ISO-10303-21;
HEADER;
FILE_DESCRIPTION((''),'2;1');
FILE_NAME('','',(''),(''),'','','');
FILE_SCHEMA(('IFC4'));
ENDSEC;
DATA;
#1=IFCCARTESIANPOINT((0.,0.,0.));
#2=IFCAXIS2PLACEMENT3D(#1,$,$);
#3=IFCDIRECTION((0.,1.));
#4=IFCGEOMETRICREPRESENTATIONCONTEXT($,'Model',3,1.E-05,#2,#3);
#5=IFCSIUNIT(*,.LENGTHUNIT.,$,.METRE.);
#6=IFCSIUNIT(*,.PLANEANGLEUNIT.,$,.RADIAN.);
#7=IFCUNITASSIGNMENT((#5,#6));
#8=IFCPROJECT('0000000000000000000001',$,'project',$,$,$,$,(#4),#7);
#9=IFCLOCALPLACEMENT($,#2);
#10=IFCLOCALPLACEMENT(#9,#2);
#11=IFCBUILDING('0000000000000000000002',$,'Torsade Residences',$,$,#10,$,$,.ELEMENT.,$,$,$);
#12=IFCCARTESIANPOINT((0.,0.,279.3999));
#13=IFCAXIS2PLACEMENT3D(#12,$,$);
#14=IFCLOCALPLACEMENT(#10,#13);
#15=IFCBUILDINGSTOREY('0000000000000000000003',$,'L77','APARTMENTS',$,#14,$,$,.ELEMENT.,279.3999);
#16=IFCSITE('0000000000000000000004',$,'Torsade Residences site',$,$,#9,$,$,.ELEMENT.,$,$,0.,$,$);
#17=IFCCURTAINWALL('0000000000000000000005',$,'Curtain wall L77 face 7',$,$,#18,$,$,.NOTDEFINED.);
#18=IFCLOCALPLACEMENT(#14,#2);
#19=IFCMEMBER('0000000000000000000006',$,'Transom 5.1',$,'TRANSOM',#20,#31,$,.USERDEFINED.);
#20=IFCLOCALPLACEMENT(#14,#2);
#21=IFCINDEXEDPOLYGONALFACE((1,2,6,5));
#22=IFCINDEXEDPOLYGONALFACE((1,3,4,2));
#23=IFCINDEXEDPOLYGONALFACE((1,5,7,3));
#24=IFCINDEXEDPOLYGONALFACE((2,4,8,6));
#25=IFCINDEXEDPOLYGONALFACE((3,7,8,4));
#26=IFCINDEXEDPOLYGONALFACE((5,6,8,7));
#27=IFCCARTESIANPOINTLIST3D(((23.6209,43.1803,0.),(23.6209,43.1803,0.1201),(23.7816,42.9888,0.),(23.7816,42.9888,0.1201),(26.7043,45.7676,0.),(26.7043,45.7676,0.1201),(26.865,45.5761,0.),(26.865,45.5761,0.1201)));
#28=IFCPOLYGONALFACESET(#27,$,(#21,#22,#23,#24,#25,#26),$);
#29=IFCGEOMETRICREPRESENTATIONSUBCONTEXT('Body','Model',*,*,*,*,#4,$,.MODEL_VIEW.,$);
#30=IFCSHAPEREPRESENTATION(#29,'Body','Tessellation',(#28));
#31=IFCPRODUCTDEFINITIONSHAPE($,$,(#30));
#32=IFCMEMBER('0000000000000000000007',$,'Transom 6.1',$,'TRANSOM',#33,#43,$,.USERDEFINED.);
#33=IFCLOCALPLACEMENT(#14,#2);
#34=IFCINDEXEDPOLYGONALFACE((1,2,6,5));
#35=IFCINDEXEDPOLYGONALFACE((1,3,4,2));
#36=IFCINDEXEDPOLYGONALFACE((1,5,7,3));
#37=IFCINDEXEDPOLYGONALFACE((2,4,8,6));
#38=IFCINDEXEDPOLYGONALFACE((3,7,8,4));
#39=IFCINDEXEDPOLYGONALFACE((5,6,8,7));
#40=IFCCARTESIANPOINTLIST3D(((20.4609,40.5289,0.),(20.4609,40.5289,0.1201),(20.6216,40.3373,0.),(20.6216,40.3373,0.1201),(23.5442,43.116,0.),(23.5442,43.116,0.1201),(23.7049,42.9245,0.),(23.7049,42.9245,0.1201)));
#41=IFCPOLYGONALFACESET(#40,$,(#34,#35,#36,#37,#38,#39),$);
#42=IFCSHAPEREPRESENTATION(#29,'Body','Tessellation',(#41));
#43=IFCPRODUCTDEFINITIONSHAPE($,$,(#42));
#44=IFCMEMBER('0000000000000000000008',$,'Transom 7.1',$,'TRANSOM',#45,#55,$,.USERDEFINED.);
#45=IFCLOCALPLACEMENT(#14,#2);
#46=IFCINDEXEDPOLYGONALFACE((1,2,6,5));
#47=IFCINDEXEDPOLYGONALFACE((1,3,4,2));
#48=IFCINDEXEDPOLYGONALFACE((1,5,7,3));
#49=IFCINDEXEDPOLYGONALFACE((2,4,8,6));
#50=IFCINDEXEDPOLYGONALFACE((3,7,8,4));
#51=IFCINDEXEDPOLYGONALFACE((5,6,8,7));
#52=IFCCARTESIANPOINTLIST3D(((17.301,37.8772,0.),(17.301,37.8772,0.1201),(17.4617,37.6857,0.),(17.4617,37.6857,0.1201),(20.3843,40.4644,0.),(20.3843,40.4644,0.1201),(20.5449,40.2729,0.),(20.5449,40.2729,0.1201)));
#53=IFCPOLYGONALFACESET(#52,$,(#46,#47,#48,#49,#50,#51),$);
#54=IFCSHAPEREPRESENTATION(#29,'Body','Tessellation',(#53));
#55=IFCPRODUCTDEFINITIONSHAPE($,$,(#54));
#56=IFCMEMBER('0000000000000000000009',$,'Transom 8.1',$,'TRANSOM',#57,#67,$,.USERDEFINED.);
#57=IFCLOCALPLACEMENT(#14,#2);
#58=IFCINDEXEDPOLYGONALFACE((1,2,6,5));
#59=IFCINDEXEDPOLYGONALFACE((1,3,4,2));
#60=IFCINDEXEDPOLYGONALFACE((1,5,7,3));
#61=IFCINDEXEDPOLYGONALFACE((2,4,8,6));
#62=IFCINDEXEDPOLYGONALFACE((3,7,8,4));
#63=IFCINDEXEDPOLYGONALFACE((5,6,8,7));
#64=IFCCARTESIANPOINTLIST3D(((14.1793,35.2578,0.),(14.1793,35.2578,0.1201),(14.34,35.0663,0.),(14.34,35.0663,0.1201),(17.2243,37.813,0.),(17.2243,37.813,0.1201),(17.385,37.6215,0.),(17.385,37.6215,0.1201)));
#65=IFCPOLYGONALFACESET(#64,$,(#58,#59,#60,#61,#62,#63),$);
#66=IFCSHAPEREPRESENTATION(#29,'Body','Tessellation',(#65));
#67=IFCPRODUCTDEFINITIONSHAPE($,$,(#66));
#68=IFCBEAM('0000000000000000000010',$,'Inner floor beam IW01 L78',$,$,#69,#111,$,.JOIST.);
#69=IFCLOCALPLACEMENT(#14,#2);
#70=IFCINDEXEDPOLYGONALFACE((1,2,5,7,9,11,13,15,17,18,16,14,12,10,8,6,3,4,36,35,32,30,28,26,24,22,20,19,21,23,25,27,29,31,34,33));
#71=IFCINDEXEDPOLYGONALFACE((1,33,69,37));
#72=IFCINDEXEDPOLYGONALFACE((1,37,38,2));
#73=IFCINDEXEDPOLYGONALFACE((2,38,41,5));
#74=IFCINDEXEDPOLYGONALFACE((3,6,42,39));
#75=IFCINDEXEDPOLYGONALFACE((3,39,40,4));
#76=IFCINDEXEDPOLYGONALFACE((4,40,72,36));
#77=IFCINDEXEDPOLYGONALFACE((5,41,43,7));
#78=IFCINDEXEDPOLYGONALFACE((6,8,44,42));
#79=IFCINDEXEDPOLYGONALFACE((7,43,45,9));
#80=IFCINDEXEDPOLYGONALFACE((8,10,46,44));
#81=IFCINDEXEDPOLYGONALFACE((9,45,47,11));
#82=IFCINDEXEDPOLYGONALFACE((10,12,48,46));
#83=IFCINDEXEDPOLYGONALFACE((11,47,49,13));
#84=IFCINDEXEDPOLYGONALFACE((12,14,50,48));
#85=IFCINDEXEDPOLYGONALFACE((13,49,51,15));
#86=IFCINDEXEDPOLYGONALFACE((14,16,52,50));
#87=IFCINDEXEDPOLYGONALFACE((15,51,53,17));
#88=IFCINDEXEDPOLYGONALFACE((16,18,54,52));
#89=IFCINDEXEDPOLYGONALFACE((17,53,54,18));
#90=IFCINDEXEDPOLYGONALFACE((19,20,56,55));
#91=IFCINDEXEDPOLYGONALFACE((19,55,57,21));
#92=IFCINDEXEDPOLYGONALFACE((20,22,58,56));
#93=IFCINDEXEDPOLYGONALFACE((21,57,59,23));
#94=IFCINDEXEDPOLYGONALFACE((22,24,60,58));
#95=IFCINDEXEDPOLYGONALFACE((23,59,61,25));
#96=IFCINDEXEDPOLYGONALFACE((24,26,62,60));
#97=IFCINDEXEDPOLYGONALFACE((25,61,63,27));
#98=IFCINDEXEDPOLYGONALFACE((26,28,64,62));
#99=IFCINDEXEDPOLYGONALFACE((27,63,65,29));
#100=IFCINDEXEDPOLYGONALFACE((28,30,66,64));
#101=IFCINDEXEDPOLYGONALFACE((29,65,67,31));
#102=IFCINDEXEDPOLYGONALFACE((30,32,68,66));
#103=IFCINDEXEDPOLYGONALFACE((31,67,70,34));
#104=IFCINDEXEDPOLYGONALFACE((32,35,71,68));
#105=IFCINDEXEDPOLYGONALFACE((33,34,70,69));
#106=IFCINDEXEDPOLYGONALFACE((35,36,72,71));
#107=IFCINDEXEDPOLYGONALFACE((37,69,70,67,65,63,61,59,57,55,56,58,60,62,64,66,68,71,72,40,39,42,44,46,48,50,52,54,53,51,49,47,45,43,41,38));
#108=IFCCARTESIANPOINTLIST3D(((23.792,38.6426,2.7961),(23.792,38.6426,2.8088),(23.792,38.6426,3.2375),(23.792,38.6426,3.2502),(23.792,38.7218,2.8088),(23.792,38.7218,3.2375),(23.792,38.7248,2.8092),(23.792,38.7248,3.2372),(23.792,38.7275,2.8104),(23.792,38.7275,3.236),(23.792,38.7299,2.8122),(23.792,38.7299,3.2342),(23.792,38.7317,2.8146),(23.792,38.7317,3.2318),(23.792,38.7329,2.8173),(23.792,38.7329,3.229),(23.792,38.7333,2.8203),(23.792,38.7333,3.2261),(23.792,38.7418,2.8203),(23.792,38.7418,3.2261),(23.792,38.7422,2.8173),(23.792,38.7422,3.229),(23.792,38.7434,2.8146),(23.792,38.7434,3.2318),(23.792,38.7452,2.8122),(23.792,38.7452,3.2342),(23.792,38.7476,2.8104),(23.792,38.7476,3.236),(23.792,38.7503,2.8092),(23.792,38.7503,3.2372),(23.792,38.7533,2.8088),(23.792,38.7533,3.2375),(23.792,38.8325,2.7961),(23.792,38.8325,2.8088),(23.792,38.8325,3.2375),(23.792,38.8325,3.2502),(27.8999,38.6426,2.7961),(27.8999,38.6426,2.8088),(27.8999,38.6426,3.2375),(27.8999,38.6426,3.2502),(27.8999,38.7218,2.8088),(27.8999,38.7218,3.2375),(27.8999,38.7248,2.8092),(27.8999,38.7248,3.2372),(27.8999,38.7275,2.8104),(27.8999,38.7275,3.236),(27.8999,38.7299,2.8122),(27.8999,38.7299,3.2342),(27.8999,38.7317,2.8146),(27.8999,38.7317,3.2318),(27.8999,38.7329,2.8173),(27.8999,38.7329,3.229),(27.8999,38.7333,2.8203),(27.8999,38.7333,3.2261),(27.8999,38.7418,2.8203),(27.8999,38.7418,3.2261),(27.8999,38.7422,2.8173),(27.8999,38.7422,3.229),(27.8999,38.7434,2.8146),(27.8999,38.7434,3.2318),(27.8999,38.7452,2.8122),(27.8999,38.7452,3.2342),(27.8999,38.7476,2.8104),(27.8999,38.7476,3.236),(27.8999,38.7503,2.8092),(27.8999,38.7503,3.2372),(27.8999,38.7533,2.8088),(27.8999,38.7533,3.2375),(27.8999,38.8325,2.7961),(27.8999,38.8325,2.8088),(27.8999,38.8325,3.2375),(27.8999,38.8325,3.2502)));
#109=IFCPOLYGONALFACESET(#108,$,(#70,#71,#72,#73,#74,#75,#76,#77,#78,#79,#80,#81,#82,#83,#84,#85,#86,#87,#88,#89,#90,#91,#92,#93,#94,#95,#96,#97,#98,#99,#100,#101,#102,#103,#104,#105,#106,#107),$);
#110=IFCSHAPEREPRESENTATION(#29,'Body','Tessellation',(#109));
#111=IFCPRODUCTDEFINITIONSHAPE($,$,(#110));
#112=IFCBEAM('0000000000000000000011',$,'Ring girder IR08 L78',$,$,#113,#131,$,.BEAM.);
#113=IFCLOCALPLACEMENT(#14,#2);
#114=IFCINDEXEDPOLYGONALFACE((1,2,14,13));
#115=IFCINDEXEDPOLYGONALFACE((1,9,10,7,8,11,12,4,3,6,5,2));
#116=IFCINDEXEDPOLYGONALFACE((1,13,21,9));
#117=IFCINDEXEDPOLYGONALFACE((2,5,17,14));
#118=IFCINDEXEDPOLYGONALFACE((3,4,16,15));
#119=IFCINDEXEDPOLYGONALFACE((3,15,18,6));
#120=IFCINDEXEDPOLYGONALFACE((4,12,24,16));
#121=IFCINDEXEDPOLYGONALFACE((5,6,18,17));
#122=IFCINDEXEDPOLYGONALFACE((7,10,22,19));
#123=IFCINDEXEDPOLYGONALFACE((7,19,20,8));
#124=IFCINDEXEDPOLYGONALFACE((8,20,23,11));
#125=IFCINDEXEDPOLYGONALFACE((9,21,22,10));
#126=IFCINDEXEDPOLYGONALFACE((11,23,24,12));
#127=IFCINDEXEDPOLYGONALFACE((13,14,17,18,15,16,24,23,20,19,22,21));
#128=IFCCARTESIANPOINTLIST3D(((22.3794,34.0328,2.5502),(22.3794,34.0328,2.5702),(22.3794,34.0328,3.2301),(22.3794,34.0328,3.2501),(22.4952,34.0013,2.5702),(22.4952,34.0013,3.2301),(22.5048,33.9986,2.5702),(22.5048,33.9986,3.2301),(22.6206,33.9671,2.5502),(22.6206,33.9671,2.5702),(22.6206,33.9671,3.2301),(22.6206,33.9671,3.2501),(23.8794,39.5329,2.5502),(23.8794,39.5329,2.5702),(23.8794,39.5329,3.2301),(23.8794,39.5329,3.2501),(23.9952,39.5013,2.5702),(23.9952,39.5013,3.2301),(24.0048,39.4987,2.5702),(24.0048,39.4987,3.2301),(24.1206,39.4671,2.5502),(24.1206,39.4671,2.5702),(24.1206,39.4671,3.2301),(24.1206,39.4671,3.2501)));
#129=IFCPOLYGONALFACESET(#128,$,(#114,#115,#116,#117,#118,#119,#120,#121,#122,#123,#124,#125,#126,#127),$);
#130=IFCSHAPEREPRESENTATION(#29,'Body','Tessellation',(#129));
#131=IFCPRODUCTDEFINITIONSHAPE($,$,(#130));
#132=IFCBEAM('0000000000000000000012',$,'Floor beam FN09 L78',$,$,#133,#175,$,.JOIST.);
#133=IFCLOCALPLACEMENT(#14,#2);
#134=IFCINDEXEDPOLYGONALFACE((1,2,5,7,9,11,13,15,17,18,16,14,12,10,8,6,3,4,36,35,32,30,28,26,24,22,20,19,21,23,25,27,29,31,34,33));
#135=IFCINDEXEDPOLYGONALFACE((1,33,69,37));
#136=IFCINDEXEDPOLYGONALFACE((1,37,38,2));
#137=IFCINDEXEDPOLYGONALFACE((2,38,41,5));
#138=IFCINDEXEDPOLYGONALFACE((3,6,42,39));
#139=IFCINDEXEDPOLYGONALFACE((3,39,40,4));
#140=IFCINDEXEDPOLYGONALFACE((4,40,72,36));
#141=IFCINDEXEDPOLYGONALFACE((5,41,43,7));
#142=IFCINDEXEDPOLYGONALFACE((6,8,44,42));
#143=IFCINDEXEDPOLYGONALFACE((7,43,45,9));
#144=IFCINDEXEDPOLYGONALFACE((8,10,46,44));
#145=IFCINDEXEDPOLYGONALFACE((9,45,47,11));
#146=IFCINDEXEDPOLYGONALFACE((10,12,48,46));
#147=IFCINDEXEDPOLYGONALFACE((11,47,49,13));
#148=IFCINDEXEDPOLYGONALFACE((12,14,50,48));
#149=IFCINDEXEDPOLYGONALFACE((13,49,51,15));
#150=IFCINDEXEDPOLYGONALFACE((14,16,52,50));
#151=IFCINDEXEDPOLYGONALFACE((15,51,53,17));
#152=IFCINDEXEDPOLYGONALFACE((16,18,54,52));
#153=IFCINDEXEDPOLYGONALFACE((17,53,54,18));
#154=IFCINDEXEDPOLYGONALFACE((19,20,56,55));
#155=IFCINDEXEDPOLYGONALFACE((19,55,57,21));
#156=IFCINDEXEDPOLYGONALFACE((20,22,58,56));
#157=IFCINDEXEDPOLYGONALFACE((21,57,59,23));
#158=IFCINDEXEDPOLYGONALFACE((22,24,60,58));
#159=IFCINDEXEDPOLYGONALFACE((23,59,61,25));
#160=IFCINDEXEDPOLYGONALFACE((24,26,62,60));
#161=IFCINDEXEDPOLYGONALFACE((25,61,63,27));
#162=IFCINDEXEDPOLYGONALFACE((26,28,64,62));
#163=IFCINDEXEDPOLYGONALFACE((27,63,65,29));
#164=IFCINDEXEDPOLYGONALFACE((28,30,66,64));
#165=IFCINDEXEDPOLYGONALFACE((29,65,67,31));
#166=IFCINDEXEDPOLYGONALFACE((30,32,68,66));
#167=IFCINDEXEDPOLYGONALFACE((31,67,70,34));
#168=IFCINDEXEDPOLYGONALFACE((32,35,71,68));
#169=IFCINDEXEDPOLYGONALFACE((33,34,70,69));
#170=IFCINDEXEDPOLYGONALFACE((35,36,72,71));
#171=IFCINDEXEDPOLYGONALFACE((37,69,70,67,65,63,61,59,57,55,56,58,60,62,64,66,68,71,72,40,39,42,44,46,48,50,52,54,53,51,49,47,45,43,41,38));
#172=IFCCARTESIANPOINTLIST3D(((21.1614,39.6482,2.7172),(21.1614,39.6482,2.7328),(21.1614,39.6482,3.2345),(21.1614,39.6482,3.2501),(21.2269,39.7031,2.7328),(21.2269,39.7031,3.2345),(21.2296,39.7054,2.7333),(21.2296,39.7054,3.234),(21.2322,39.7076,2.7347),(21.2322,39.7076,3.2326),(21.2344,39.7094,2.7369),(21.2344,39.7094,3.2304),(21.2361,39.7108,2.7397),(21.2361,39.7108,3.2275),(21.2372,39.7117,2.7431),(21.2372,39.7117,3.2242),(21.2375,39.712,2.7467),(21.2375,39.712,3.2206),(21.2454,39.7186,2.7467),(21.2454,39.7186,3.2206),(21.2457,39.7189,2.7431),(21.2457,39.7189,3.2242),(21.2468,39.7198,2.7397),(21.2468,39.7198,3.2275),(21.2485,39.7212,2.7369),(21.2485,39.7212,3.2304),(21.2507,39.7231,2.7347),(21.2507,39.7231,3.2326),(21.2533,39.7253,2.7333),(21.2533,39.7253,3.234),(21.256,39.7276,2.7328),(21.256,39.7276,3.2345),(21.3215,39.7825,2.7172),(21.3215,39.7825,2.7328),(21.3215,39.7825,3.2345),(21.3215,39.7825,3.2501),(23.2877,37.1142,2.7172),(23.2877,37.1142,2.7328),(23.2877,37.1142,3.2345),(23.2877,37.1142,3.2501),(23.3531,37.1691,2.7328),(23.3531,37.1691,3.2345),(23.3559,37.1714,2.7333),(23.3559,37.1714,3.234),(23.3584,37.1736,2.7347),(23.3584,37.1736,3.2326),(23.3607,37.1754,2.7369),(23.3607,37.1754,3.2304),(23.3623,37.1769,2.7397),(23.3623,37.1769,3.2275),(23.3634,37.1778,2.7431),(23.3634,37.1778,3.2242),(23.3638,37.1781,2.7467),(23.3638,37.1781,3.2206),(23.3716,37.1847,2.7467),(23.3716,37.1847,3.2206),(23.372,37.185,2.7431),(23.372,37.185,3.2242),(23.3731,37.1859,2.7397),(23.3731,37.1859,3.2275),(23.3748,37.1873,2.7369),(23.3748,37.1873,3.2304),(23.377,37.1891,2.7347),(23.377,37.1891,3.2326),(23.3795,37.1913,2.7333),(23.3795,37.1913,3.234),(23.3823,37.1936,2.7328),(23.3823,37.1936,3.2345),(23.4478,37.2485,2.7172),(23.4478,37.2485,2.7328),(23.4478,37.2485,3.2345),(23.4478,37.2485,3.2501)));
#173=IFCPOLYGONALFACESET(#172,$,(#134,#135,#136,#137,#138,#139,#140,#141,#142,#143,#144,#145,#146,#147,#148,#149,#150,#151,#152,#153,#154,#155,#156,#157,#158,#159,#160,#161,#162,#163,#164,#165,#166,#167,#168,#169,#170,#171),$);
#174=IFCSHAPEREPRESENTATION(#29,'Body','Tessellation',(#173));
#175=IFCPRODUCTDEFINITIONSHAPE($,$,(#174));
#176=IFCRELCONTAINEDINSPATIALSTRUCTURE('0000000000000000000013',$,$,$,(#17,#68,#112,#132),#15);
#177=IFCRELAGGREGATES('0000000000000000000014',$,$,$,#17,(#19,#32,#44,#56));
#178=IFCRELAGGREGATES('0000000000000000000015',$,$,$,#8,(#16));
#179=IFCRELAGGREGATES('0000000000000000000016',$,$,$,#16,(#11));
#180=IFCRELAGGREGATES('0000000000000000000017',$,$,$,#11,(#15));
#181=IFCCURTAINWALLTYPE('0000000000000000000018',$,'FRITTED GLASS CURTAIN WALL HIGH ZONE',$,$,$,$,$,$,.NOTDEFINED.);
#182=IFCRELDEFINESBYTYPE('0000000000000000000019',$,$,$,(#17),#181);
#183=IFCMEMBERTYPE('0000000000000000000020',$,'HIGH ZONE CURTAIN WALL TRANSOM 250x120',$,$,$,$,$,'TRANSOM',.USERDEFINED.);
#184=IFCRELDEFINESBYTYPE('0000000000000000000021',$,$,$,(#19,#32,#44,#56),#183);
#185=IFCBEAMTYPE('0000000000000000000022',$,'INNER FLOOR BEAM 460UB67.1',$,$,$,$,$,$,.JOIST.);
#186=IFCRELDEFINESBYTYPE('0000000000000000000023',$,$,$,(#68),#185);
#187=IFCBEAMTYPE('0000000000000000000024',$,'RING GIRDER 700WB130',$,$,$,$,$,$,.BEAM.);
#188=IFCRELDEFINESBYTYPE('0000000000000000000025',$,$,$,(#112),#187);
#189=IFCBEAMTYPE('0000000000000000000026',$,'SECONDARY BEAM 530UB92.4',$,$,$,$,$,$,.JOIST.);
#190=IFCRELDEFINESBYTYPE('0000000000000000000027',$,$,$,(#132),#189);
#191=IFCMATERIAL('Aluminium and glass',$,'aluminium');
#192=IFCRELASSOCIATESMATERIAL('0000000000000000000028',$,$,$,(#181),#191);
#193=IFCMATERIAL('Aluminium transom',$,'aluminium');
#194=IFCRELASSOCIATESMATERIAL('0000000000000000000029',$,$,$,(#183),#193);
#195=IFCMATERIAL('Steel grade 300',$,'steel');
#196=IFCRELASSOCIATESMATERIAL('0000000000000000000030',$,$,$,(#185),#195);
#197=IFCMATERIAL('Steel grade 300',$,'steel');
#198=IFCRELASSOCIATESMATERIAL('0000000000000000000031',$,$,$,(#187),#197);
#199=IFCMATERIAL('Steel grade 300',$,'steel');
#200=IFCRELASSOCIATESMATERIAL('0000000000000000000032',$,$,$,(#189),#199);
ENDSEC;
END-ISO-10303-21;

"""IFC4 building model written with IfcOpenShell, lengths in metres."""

from ifc_helpers import new_model, si_unit, direction, frame, origin, origin_2d, place, context, subcontext, project, spatial, rectangle, i_section, extrude, material, material_profile, profile_set, type_object, element, aggregate, save


model = new_model("IFC4")

# Units and contexts
model_context = context("Model", 3, precision=1e-05, world=origin(), true_north=direction((0.0, 1.0)))
body_context = subcontext(model_context, "Body", "Model", "MODEL_VIEW")
ifc_project = project(units=[si_unit("LENGTHUNIT", "METRE"), si_unit("PLANEANGLEUNIT", "RADIAN")], contexts=[model_context])

# Site, building, storey
site_placement = place(None, origin())
site = spatial("IfcSite", under=ifc_project, at=site_placement, Name="Torsade Residences site", CompositionType="ELEMENT", RefElevation=0.0)
building_placement = place(site_placement, origin())
building = spatial("IfcBuilding", under=site, at=building_placement, Name="Torsade Residences", CompositionType="ELEMENT")
storey_placement = place(building_placement, frame((0.0, 0.0, 279.3999)))
storey = spatial("IfcBuildingStorey", under=building, at=storey_placement, Name="L77", Description="APARTMENTS", CompositionType="ELEMENT", Elevation=279.3999)

# Curtain wall, members
ifc_material_1 = material(Name="Aluminium and glass", Category="aluminium")
curtain_wall_type = type_object("IfcCurtainWallType", Name="FRITTED GLASS CURTAIN WALL HIGH ZONE", PredefinedType="NOTDEFINED", material=ifc_material_1)
curtain_wall_placement = place(storey_placement, origin())
curtain_wall = element("IfcCurtainWall", 1, at=curtain_wall_placement, inside=storey, type_object=curtain_wall_type, Name="Curtain wall L77 face 7", PredefinedType="NOTDEFINED")
ifc_material_2 = material(Name="Aluminium transom", Category="aluminium")
ifc_material_profile_1 = material_profile(ifc_material_2, rectangle(XDim=0.25, YDim=0.1201, at=origin_2d()), Name="HIGH ZONE CURTAIN WALL TRANSOM 250x120")
ifc_profile_set_1 = profile_set([ifc_material_profile_1], Name="Aluminium transom")
member_type_1 = type_object("IfcMemberType", Name="HIGH ZONE CURTAIN WALL TRANSOM 250x120", ElementType="TRANSOM", PredefinedType="USERDEFINED", material=ifc_profile_set_1)
member_1_placement = place(storey_placement, frame((26.7847, 45.6719, 0.0601), z_axis=(-0.766039, -0.642794, 0.0), x_axis=(0.642794, -0.766039, 0.0)))
member_1 = element("IfcMember", 2, at=member_1_placement, type_object=member_type_1, Name="Transom 5.1", ObjectType="TRANSOM", PredefinedType="USERDEFINED", context=body_context, shape_type="SweptSolid", body=[
    extrude(rectangle(XDim=0.25, YDim=0.1201, at=origin_2d()), origin(), (0.0, 0.0, 1.0), 4.0251),
])
member_2_placement = place(storey_placement, frame((23.6245, 43.0203, 0.0601), z_axis=(-0.766044, -0.642788, 0.0), x_axis=(0.642788, -0.766044, 0.0)))
member_2 = element("IfcMember", 3, at=member_2_placement, type_object=member_type_1, Name="Transom 6.1", ObjectType="TRANSOM", PredefinedType="USERDEFINED", context=body_context, shape_type="SweptSolid", body=[
    extrude(rectangle(XDim=0.25, YDim=0.1201, at=origin_2d()), origin(), (0.0, 0.0, 1.0), 4.0249),
])
member_3_placement = place(storey_placement, frame((20.4646, 40.3687, 0.0601), z_axis=(-0.766044, -0.642788, 0.0), x_axis=(0.642788, -0.766044, 0.0)))
member_3 = element("IfcMember", 4, at=member_3_placement, type_object=member_type_1, Name="Transom 7.1", ObjectType="TRANSOM", PredefinedType="USERDEFINED", context=body_context, shape_type="SweptSolid", body=[
    extrude(rectangle(XDim=0.25, YDim=0.1201, at=origin_2d()), origin(), (0.0, 0.0, 1.0), 4.0249),
])
member_4_placement = place(storey_placement, frame((17.3047, 37.7173, 0.0601), z_axis=(-0.766022, -0.642815, 0.0), x_axis=(0.642815, -0.766022, 0.0)))
member_4 = element("IfcMember", 5, at=member_4_placement, type_object=member_type_1, Name="Transom 8.1", ObjectType="TRANSOM", PredefinedType="USERDEFINED", context=body_context, shape_type="SweptSolid", body=[
    extrude(rectangle(XDim=0.25, YDim=0.1201, at=origin_2d()), origin(), (0.0, 0.0, 1.0), 3.9751),
])

# Beams
ifc_material_3 = material(Name="Steel grade 300", Category="steel")
ifc_material_profile_2 = material_profile(ifc_material_3, i_section(OverallWidth=0.1899, OverallDepth=0.4541, WebThickness=0.0085, FlangeThickness=0.0127, FilletRadius=0.0115, at=origin_2d()), Name="460UB67.1")
ifc_profile_set_2 = profile_set([ifc_material_profile_2], Name="Steel grade 300")
beam_type_1 = type_object("IfcBeamType", Name="INNER FLOOR BEAM 460UB67.1", PredefinedType="JOIST", material=ifc_profile_set_2)
beam_1_placement = place(storey_placement, frame((27.8999, 38.7375, 3.0232), z_axis=(-1.0, 0.0, 0.0), x_axis=(0.0, -1.0, 0.0)))
element("IfcBeam", 6, at=beam_1_placement, inside=storey, type_object=beam_type_1, Name="Inner floor beam IW01 L78", PredefinedType="JOIST", context=body_context, shape_type="SweptSolid", body=[
    extrude(i_section(OverallWidth=0.1899, OverallDepth=0.4541, WebThickness=0.0085, FlangeThickness=0.0127, FilletRadius=0.0115, at=origin_2d()), origin(), (0.0, 0.0, 1.0), 4.1079),
])
ifc_material_4 = material(Name="Steel grade 300", Category="steel")
ifc_material_profile_3 = material_profile(ifc_material_4, i_section(OverallWidth=0.25, OverallDepth=0.7, WebThickness=0.01, FlangeThickness=0.02, at=origin_2d()), Name="700WB130")
ifc_profile_set_3 = profile_set([ifc_material_profile_3], Name="Steel grade 300")
beam_type_2 = type_object("IfcBeamType", Name="RING GIRDER 700WB130", PredefinedType="BEAM", material=ifc_profile_set_3)
beam_2_placement = place(storey_placement, frame((24.0, 39.5, 2.9001), z_axis=(-0.263117, -0.964764, 0.0), x_axis=(0.964764, -0.263117, 0.0)))
element("IfcBeam", 7, at=beam_2_placement, inside=storey, type_object=beam_type_2, Name="Ring girder IR08 L78", PredefinedType="BEAM", context=body_context, shape_type="SweptSolid", body=[
    extrude(i_section(OverallWidth=0.25, OverallDepth=0.7, WebThickness=0.01, FlangeThickness=0.02, at=origin_2d()), origin(), (0.0, 0.0, 1.0), 5.7009),
])
ifc_material_5 = material(Name="Steel grade 300", Category="steel")
ifc_material_profile_4 = material_profile(ifc_material_5, i_section(OverallWidth=0.209, OverallDepth=0.533, WebThickness=0.0103, FlangeThickness=0.0156, FilletRadius=0.0139, at=origin_2d()), Name="530UB92.4")
ifc_profile_set_4 = profile_set([ifc_material_profile_4], Name="Steel grade 300")
beam_type_3 = type_object("IfcBeamType", Name="SECONDARY BEAM 530UB92.4", PredefinedType="JOIST", material=ifc_profile_set_4)
beam_3_placement = place(storey_placement, frame((21.2415, 39.7153, 2.9836), z_axis=(0.642787, -0.766045, 0.0), x_axis=(0.766045, 0.642787, 0.0)))
element("IfcBeam", 8, at=beam_3_placement, inside=storey, type_object=beam_type_3, Name="Floor beam FN09 L78", PredefinedType="JOIST", context=body_context, shape_type="SweptSolid", body=[
    extrude(i_section(OverallWidth=0.209, OverallDepth=0.533, WebThickness=0.0103, FlangeThickness=0.0156, FilletRadius=0.0139, at=origin_2d()), origin(), (0.0, 0.0, 1.0), 3.3079),
])

aggregate(curtain_wall, [member_1, member_2, member_3, member_4])

save(model, "model.ifc")
